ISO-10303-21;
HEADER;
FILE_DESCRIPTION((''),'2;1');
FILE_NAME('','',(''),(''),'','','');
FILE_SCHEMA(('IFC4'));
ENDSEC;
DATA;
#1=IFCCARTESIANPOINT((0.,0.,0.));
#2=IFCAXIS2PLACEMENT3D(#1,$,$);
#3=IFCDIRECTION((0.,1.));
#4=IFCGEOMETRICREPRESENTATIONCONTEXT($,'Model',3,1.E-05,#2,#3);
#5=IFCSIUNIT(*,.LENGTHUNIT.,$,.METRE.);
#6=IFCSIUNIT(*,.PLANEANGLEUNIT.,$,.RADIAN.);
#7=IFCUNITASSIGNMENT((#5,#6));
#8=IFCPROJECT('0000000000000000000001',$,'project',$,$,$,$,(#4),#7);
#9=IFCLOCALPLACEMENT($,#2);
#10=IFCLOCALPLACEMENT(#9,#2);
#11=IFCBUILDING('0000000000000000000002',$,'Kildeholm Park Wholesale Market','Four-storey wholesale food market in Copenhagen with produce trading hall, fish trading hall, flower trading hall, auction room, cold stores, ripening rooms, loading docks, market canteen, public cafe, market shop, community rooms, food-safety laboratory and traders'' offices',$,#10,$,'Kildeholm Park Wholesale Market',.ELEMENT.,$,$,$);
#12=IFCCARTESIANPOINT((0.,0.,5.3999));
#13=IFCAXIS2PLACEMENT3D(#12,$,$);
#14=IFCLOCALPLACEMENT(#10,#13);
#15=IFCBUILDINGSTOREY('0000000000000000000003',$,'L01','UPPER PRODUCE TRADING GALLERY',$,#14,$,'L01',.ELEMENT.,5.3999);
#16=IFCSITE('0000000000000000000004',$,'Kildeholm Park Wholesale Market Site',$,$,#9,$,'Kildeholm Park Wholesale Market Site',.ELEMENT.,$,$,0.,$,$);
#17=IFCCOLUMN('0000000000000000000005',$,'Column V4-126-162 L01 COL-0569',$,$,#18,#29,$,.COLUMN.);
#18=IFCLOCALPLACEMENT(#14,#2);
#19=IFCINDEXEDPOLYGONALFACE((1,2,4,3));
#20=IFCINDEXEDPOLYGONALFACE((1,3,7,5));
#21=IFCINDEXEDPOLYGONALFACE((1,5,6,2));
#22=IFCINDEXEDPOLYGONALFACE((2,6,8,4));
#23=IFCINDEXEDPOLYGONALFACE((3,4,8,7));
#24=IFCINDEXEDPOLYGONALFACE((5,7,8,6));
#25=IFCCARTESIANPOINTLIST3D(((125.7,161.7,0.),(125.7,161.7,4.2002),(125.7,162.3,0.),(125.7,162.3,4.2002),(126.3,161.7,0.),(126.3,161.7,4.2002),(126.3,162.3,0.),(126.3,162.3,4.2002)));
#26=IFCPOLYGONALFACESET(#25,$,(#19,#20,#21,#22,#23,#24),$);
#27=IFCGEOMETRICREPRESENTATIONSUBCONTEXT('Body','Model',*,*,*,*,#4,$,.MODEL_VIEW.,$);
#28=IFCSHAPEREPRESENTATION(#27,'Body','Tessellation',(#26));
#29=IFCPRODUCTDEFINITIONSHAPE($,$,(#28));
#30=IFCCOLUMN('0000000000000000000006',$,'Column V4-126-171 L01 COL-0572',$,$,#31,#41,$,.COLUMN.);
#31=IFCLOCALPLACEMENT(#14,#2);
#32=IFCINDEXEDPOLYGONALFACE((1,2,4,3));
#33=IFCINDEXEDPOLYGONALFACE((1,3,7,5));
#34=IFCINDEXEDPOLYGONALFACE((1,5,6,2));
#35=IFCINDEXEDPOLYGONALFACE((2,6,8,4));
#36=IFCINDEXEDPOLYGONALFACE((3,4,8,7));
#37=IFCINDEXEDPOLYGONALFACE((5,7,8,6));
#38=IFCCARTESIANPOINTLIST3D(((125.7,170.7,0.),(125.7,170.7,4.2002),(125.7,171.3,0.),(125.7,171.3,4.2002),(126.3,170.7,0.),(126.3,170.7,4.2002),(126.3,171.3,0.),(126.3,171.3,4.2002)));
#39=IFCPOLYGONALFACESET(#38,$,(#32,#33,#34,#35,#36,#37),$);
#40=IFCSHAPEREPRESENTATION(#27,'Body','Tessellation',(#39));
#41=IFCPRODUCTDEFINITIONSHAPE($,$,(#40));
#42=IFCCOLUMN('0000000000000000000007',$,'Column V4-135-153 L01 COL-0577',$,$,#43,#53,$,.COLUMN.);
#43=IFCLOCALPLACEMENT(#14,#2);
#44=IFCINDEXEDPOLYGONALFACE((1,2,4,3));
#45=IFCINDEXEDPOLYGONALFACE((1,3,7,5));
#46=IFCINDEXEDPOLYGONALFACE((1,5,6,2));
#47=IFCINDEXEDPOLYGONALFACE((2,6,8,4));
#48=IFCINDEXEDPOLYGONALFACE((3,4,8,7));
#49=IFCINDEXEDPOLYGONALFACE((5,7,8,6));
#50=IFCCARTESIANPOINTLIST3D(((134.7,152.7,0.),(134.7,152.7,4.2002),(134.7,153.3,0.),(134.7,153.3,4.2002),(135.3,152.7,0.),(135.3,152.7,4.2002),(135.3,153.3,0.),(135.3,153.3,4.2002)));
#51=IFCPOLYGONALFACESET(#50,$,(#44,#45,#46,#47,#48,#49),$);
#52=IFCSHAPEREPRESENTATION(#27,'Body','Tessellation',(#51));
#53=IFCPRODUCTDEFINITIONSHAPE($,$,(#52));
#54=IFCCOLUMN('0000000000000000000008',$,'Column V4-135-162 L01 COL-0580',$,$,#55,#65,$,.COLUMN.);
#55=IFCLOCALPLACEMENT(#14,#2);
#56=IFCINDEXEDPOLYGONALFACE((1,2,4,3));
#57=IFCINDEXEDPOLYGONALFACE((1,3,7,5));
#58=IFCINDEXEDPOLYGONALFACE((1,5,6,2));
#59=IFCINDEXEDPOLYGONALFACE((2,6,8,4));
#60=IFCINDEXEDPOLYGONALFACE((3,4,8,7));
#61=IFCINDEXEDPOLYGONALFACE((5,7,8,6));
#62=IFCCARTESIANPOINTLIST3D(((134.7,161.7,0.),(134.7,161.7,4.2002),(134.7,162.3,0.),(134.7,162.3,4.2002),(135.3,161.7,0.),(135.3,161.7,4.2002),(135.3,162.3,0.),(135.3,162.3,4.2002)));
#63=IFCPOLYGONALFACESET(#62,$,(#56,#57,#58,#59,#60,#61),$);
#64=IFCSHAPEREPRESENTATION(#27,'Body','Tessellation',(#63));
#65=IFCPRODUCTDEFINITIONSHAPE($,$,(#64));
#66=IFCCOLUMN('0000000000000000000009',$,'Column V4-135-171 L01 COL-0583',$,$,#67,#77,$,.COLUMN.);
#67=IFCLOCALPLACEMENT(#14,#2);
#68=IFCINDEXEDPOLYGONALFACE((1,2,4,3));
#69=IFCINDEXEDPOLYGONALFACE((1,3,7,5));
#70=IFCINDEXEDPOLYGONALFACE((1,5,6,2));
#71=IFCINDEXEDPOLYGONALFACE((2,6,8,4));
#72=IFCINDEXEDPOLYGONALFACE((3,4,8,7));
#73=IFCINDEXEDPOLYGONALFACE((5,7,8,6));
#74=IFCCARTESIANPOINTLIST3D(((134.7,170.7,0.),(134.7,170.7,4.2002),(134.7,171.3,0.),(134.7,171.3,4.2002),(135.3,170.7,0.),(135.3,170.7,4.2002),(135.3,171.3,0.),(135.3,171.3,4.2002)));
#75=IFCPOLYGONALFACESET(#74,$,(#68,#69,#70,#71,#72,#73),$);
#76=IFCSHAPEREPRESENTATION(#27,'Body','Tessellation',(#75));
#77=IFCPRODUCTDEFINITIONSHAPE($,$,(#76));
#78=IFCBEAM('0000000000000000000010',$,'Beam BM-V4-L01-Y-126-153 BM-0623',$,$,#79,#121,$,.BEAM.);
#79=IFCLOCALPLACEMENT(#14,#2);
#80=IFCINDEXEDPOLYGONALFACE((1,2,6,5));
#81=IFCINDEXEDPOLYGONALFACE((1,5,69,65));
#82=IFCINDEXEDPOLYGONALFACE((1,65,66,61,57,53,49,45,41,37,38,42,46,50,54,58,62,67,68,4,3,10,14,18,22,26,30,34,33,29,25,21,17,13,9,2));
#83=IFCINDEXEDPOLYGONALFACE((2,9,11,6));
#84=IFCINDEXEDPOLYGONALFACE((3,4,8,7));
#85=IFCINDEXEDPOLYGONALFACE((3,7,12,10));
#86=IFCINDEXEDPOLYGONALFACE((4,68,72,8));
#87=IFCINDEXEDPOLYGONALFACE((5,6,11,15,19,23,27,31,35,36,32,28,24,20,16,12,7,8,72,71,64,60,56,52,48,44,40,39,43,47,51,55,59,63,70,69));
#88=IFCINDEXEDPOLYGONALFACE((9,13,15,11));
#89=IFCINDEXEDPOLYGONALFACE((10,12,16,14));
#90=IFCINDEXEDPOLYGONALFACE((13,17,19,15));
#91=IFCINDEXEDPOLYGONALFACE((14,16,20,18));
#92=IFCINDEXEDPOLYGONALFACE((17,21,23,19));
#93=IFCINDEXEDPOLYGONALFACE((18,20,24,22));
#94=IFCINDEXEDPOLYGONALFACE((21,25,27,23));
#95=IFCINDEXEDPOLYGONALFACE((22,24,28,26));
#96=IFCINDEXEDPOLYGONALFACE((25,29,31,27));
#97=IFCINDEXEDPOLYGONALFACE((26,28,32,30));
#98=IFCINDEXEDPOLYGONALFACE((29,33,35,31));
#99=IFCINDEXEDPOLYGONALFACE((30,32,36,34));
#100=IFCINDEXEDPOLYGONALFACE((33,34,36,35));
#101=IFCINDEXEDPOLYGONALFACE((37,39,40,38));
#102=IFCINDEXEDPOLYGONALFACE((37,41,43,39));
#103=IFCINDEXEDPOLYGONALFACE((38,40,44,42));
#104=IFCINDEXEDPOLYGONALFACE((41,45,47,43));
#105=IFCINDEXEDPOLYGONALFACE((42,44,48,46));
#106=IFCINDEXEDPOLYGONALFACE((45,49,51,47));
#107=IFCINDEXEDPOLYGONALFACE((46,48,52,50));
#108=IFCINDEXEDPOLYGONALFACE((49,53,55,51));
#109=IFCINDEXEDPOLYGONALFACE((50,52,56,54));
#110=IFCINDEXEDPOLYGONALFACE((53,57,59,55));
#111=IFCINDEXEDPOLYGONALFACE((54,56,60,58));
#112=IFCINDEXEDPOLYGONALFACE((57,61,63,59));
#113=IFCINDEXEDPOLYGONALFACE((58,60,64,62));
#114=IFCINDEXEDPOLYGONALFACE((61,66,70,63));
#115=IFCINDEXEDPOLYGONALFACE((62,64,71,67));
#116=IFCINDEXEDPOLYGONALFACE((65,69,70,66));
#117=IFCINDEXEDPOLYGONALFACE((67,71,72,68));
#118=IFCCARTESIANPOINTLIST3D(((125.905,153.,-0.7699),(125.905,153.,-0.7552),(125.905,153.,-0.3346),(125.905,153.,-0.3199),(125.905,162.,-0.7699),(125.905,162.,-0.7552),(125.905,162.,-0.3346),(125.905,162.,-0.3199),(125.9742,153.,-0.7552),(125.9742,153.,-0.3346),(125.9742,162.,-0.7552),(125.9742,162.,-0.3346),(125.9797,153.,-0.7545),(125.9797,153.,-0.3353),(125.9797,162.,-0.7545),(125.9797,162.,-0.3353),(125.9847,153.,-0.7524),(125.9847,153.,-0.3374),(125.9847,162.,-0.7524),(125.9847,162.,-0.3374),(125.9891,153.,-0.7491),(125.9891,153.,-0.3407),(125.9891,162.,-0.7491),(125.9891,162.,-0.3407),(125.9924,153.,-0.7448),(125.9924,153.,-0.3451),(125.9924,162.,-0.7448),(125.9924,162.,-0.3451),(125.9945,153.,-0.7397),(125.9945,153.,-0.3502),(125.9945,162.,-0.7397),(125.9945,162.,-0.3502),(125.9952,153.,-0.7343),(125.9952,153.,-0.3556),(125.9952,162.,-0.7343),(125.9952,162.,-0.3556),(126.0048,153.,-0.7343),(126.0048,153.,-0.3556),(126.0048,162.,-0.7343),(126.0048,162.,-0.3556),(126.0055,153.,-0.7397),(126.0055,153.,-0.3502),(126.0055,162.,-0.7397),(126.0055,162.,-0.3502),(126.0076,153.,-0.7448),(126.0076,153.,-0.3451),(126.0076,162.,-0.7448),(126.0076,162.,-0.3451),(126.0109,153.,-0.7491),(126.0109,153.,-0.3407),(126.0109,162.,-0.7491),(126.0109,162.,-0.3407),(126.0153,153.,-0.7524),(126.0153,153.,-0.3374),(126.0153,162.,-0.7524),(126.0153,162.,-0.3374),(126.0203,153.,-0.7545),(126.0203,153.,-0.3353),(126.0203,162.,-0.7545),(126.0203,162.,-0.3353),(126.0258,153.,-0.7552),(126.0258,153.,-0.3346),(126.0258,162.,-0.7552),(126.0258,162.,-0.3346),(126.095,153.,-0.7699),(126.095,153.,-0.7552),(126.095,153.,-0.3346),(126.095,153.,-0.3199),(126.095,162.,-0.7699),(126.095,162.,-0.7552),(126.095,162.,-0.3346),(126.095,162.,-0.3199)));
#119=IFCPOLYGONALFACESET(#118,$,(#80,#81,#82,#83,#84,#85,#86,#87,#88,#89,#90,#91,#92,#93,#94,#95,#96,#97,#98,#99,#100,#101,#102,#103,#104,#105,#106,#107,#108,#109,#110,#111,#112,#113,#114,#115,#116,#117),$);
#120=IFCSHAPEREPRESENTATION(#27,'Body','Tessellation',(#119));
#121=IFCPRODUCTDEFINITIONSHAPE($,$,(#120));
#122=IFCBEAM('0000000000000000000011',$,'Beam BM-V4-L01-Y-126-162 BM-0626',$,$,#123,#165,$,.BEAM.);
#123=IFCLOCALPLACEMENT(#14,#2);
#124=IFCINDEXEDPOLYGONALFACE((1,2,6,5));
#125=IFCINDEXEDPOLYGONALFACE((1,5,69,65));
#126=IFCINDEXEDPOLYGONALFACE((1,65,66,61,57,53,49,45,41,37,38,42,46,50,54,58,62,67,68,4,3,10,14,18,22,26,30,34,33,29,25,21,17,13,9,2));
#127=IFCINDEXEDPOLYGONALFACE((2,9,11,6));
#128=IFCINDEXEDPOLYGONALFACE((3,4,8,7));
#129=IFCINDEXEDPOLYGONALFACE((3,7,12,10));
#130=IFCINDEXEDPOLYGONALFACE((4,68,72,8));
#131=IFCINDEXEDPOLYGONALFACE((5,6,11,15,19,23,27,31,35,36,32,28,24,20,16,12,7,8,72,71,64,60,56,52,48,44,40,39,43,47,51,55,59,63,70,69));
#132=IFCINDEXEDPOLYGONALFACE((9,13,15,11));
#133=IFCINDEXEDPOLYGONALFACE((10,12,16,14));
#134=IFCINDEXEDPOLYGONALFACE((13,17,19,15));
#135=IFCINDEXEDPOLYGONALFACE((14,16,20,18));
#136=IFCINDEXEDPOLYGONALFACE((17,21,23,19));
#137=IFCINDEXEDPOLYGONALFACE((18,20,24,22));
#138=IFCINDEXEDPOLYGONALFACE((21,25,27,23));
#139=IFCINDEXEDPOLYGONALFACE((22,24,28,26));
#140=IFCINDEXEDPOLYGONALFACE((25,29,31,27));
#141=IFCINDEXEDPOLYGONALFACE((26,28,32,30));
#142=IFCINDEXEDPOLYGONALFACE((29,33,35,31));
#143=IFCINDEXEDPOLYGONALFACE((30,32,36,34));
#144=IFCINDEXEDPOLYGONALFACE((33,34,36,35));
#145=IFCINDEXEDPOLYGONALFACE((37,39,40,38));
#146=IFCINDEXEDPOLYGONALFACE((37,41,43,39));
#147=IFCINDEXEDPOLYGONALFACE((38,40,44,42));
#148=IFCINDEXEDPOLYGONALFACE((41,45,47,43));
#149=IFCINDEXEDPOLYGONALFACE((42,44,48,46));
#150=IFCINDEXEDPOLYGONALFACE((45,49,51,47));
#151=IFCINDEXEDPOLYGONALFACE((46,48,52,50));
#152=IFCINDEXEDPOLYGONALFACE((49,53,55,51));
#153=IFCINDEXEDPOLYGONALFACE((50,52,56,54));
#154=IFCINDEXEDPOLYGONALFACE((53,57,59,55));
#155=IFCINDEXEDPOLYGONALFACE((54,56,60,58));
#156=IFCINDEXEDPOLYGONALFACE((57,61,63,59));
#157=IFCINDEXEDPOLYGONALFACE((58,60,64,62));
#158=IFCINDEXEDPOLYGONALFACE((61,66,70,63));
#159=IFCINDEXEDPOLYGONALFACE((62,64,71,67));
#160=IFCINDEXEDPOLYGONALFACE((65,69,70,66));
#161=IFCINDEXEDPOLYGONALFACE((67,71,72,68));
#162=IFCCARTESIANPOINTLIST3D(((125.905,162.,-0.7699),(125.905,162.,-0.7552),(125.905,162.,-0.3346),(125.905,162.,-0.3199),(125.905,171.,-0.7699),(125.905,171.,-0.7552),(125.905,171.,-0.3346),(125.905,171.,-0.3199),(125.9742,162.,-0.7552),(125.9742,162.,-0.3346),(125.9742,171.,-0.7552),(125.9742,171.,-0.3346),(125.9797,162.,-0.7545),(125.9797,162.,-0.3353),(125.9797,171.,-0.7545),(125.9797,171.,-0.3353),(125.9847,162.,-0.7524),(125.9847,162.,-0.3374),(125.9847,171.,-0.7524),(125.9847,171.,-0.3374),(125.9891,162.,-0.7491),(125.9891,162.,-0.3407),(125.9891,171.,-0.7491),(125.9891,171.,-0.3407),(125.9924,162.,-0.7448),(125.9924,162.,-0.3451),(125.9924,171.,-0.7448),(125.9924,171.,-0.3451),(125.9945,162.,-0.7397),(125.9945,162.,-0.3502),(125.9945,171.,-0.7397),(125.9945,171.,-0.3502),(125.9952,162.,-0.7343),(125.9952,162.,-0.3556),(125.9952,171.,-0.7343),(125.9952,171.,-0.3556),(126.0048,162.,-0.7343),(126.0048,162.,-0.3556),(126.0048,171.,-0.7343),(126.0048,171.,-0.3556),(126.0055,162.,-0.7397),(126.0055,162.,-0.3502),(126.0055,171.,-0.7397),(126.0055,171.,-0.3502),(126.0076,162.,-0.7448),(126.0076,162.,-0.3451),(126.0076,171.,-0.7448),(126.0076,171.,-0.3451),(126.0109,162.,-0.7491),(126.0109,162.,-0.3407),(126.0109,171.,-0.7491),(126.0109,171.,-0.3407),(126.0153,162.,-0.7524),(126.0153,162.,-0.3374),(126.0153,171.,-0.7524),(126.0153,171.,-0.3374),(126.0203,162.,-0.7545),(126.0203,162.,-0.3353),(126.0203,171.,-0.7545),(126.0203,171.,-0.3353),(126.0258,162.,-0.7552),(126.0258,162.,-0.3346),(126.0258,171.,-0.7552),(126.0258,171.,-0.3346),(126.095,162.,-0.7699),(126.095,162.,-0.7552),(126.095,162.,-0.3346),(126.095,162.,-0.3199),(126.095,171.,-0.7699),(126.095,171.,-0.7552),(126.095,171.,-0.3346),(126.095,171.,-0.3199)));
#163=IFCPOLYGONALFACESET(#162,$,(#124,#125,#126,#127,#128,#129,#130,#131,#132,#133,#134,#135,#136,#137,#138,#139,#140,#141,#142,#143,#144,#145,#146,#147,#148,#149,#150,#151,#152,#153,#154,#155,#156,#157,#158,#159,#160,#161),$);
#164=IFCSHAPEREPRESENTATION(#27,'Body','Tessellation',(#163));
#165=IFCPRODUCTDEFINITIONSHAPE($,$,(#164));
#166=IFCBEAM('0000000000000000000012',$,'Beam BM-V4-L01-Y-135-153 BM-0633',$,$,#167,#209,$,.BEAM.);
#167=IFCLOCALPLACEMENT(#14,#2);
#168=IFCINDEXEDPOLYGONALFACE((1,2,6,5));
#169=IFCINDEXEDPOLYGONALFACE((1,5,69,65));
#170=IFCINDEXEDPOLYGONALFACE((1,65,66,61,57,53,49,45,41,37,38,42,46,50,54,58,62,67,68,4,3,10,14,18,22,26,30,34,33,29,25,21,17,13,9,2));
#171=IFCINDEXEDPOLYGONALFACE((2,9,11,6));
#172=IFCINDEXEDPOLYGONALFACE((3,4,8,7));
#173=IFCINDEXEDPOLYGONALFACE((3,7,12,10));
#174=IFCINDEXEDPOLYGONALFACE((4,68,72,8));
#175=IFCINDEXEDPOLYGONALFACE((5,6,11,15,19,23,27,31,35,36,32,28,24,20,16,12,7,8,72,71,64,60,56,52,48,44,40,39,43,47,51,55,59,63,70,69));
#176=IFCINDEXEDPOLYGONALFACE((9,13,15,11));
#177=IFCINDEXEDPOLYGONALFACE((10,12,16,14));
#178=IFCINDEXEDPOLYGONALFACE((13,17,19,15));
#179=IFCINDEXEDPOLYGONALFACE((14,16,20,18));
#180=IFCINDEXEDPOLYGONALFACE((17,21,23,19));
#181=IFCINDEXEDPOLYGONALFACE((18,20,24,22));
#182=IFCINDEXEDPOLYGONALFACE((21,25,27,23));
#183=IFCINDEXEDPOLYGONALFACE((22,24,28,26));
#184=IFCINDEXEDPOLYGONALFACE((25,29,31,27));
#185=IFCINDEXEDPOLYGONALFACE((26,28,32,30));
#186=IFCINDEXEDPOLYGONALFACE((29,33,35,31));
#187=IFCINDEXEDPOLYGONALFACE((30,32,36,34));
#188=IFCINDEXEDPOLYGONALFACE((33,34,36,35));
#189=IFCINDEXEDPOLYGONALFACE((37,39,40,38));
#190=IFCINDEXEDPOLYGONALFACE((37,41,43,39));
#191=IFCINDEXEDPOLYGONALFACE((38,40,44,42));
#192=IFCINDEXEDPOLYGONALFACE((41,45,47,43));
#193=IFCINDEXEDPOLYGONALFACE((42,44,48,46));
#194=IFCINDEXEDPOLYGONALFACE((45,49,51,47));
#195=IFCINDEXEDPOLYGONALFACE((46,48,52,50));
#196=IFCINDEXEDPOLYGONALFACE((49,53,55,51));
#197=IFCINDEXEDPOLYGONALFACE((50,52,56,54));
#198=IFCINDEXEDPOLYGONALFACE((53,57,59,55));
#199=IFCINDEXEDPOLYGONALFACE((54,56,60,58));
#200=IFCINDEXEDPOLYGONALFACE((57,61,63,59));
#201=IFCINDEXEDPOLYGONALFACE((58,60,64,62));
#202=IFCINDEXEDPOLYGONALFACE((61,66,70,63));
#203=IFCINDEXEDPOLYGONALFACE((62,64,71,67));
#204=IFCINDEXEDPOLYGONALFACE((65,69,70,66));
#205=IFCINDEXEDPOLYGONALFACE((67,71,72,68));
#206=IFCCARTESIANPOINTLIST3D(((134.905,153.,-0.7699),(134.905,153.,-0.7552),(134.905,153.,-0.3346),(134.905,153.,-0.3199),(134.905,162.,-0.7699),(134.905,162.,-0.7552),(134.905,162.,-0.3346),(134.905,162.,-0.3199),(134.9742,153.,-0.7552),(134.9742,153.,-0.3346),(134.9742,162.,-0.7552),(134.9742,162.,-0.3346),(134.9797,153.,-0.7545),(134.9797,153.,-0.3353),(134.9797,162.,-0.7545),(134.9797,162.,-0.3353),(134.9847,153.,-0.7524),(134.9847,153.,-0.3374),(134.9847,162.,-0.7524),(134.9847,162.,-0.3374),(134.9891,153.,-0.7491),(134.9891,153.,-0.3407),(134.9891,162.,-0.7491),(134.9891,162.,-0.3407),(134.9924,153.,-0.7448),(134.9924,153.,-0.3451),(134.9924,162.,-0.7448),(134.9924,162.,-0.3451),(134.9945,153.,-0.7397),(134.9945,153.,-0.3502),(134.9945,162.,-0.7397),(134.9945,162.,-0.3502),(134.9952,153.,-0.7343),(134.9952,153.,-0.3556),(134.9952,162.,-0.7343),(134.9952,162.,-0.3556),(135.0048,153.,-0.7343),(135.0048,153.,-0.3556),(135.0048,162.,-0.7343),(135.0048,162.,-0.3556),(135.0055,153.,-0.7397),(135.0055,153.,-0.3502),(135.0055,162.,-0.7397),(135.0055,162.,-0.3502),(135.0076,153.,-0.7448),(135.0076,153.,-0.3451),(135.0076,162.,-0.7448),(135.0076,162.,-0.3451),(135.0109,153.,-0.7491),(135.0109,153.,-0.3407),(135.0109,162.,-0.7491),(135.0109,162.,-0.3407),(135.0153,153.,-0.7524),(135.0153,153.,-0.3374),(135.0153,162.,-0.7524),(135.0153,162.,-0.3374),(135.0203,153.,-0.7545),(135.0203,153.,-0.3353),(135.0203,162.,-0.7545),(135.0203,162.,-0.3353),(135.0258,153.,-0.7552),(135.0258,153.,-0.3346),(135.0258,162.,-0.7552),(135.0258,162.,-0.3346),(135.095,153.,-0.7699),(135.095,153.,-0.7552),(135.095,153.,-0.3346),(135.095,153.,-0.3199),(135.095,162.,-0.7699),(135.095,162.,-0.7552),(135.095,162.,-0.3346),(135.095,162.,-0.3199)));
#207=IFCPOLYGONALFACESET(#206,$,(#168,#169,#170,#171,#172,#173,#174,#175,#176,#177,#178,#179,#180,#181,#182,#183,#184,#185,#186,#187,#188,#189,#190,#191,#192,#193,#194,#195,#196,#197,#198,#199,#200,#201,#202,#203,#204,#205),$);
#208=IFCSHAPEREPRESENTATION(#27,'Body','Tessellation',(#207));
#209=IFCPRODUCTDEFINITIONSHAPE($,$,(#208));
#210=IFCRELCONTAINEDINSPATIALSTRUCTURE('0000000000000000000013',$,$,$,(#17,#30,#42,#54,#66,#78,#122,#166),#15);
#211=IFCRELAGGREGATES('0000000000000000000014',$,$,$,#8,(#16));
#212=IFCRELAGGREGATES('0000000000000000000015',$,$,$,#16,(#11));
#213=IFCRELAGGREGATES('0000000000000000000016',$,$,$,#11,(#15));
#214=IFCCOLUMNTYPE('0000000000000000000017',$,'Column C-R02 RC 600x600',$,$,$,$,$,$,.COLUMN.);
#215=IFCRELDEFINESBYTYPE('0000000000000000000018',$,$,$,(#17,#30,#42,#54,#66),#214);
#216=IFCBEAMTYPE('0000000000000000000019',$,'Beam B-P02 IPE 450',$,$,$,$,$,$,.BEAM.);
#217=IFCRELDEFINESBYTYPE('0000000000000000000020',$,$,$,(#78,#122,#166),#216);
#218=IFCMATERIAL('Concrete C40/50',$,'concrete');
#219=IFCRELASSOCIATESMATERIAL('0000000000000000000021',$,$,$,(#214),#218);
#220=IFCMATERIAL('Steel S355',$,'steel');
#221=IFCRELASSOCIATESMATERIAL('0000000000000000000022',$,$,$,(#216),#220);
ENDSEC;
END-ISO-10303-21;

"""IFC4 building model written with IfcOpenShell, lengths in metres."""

from ifc_helpers import new_model, si_unit, direction, frame, origin, origin_2d, place, context, subcontext, project, spatial, rectangle, i_section, extrude, material, material_profile, profile_set, type_object, element, save


model = new_model("IFC4")

# Units and contexts
model_context = context("Model", 3, precision=1e-05, world=origin(), true_north=direction((0.0, 1.0)))
body_context = subcontext(model_context, "Body", "Model", "MODEL_VIEW")
ifc_project = project(units=[si_unit("LENGTHUNIT", "METRE"), si_unit("PLANEANGLEUNIT", "RADIAN")], contexts=[model_context])

# Site, building, storey
site_placement = place(None, origin())
site = spatial("IfcSite", under=ifc_project, at=site_placement, Name="Kildeholm Park Wholesale Market Site", LongName="Kildeholm Park Wholesale Market Site", CompositionType="ELEMENT", RefElevation=0.0)
building_placement = place(site_placement, origin())
building = spatial("IfcBuilding", under=site, at=building_placement, Name="Kildeholm Park Wholesale Market", Description="Four-storey wholesale food market in Copenhagen with produce trading hall, fish trading hall, flower trading hall, auction room, cold stores, ripening rooms, loading docks, market canteen, public cafe, market shop, community rooms, food-safety laboratory and traders' offices", LongName="Kildeholm Park Wholesale Market", CompositionType="ELEMENT")
storey_placement = place(building_placement, frame((0.0, 0.0, 5.3999)))
storey = spatial("IfcBuildingStorey", under=building, at=storey_placement, Name="L01", Description="UPPER PRODUCE TRADING GALLERY", LongName="L01", CompositionType="ELEMENT", Elevation=5.3999)

# Columns
ifc_material_1 = material(Name="Concrete C40/50", Category="concrete")
ifc_material_profile_1 = material_profile(ifc_material_1, rectangle(XDim=0.6001, YDim=0.6001, at=origin_2d()), Name="RC 600x600")
ifc_profile_set_1 = profile_set([ifc_material_profile_1], Name="Concrete C40/50")
column_type = type_object("IfcColumnType", Name="Column C-R02 RC 600x600", PredefinedType="COLUMN", material=ifc_profile_set_1)
for number, where, z_axis, x_axis, name in (
    (1, (126.0, 162.0, 0.0), (0.0, 0.0, 1.0), (1.0, 0.0, 0.0), "Column V4-126-162 L01 COL-0569"),
    (2, (126.0, 171.0, 0.0), (0.0, 0.0, 1.0), (1.0, 0.0, 0.0), "Column V4-126-171 L01 COL-0572"),
    (3, (135.0, 153.0, 0.0), (0.0, 0.0, 1.0), (1.0, 0.0, 0.0), "Column V4-135-153 L01 COL-0577"),
    (4, (135.0, 162.0, 0.0), (0.0, 0.0, 1.0), (1.0, 0.0, 0.0), "Column V4-135-162 L01 COL-0580"),
    (5, (135.0, 171.0, 0.0), (0.0, 0.0, 1.0), (1.0, 0.0, 0.0), "Column V4-135-171 L01 COL-0583"),
):
    element("IfcColumn", number, at=place(storey_placement, frame(where, z_axis=z_axis, x_axis=x_axis)), inside=storey, type_object=column_type, Name=name, PredefinedType="COLUMN", context=body_context, shape_type="SweptSolid", body=[
        extrude(rectangle(XDim=0.6001, YDim=0.6001, at=origin_2d()), origin(), (0.0, 0.0, 1.0), 4.2002),
    ])

# Beams
ifc_material_2 = material(Name="Steel S355", Category="steel")
ifc_material_profile_2 = material_profile(ifc_material_2, i_section(OverallWidth=0.1899, OverallDepth=0.45, WebThickness=0.0095, FlangeThickness=0.0146, FilletRadius=0.021, at=origin_2d()), Name="IPE 450")
ifc_profile_set_2 = profile_set([ifc_material_profile_2], Name="Steel S355")
beam_type_1 = type_object("IfcBeamType", Name="Beam B-P02 IPE 450", PredefinedType="BEAM", material=ifc_profile_set_2)
for number, where, z_axis, x_axis, name in (
    (6, (126.0, 153.0, -0.5449), (0.0, 1.0, 0.0), (-1.0, 0.0, 0.0), "Beam BM-V4-L01-Y-126-153 BM-0623"),
    (7, (126.0, 162.0, -0.5449), (0.0, 1.0, 0.0), (-1.0, 0.0, 0.0), "Beam BM-V4-L01-Y-126-162 BM-0626"),
    (8, (135.0, 153.0, -0.5449), (0.0, 1.0, 0.0), (-1.0, 0.0, 0.0), "Beam BM-V4-L01-Y-135-153 BM-0633"),
):
    element("IfcBeam", number, at=place(storey_placement, frame(where, z_axis=z_axis, x_axis=x_axis)), inside=storey, type_object=beam_type_1, Name=name, PredefinedType="BEAM", context=body_context, shape_type="SweptSolid", body=[
        extrude(i_section(OverallWidth=0.1899, OverallDepth=0.45, WebThickness=0.0095, FlangeThickness=0.0146, FilletRadius=0.021, at=origin_2d()), origin(), (0.0, 0.0, 1.0), 9.0),
    ])

save(model, "model.ifc")
